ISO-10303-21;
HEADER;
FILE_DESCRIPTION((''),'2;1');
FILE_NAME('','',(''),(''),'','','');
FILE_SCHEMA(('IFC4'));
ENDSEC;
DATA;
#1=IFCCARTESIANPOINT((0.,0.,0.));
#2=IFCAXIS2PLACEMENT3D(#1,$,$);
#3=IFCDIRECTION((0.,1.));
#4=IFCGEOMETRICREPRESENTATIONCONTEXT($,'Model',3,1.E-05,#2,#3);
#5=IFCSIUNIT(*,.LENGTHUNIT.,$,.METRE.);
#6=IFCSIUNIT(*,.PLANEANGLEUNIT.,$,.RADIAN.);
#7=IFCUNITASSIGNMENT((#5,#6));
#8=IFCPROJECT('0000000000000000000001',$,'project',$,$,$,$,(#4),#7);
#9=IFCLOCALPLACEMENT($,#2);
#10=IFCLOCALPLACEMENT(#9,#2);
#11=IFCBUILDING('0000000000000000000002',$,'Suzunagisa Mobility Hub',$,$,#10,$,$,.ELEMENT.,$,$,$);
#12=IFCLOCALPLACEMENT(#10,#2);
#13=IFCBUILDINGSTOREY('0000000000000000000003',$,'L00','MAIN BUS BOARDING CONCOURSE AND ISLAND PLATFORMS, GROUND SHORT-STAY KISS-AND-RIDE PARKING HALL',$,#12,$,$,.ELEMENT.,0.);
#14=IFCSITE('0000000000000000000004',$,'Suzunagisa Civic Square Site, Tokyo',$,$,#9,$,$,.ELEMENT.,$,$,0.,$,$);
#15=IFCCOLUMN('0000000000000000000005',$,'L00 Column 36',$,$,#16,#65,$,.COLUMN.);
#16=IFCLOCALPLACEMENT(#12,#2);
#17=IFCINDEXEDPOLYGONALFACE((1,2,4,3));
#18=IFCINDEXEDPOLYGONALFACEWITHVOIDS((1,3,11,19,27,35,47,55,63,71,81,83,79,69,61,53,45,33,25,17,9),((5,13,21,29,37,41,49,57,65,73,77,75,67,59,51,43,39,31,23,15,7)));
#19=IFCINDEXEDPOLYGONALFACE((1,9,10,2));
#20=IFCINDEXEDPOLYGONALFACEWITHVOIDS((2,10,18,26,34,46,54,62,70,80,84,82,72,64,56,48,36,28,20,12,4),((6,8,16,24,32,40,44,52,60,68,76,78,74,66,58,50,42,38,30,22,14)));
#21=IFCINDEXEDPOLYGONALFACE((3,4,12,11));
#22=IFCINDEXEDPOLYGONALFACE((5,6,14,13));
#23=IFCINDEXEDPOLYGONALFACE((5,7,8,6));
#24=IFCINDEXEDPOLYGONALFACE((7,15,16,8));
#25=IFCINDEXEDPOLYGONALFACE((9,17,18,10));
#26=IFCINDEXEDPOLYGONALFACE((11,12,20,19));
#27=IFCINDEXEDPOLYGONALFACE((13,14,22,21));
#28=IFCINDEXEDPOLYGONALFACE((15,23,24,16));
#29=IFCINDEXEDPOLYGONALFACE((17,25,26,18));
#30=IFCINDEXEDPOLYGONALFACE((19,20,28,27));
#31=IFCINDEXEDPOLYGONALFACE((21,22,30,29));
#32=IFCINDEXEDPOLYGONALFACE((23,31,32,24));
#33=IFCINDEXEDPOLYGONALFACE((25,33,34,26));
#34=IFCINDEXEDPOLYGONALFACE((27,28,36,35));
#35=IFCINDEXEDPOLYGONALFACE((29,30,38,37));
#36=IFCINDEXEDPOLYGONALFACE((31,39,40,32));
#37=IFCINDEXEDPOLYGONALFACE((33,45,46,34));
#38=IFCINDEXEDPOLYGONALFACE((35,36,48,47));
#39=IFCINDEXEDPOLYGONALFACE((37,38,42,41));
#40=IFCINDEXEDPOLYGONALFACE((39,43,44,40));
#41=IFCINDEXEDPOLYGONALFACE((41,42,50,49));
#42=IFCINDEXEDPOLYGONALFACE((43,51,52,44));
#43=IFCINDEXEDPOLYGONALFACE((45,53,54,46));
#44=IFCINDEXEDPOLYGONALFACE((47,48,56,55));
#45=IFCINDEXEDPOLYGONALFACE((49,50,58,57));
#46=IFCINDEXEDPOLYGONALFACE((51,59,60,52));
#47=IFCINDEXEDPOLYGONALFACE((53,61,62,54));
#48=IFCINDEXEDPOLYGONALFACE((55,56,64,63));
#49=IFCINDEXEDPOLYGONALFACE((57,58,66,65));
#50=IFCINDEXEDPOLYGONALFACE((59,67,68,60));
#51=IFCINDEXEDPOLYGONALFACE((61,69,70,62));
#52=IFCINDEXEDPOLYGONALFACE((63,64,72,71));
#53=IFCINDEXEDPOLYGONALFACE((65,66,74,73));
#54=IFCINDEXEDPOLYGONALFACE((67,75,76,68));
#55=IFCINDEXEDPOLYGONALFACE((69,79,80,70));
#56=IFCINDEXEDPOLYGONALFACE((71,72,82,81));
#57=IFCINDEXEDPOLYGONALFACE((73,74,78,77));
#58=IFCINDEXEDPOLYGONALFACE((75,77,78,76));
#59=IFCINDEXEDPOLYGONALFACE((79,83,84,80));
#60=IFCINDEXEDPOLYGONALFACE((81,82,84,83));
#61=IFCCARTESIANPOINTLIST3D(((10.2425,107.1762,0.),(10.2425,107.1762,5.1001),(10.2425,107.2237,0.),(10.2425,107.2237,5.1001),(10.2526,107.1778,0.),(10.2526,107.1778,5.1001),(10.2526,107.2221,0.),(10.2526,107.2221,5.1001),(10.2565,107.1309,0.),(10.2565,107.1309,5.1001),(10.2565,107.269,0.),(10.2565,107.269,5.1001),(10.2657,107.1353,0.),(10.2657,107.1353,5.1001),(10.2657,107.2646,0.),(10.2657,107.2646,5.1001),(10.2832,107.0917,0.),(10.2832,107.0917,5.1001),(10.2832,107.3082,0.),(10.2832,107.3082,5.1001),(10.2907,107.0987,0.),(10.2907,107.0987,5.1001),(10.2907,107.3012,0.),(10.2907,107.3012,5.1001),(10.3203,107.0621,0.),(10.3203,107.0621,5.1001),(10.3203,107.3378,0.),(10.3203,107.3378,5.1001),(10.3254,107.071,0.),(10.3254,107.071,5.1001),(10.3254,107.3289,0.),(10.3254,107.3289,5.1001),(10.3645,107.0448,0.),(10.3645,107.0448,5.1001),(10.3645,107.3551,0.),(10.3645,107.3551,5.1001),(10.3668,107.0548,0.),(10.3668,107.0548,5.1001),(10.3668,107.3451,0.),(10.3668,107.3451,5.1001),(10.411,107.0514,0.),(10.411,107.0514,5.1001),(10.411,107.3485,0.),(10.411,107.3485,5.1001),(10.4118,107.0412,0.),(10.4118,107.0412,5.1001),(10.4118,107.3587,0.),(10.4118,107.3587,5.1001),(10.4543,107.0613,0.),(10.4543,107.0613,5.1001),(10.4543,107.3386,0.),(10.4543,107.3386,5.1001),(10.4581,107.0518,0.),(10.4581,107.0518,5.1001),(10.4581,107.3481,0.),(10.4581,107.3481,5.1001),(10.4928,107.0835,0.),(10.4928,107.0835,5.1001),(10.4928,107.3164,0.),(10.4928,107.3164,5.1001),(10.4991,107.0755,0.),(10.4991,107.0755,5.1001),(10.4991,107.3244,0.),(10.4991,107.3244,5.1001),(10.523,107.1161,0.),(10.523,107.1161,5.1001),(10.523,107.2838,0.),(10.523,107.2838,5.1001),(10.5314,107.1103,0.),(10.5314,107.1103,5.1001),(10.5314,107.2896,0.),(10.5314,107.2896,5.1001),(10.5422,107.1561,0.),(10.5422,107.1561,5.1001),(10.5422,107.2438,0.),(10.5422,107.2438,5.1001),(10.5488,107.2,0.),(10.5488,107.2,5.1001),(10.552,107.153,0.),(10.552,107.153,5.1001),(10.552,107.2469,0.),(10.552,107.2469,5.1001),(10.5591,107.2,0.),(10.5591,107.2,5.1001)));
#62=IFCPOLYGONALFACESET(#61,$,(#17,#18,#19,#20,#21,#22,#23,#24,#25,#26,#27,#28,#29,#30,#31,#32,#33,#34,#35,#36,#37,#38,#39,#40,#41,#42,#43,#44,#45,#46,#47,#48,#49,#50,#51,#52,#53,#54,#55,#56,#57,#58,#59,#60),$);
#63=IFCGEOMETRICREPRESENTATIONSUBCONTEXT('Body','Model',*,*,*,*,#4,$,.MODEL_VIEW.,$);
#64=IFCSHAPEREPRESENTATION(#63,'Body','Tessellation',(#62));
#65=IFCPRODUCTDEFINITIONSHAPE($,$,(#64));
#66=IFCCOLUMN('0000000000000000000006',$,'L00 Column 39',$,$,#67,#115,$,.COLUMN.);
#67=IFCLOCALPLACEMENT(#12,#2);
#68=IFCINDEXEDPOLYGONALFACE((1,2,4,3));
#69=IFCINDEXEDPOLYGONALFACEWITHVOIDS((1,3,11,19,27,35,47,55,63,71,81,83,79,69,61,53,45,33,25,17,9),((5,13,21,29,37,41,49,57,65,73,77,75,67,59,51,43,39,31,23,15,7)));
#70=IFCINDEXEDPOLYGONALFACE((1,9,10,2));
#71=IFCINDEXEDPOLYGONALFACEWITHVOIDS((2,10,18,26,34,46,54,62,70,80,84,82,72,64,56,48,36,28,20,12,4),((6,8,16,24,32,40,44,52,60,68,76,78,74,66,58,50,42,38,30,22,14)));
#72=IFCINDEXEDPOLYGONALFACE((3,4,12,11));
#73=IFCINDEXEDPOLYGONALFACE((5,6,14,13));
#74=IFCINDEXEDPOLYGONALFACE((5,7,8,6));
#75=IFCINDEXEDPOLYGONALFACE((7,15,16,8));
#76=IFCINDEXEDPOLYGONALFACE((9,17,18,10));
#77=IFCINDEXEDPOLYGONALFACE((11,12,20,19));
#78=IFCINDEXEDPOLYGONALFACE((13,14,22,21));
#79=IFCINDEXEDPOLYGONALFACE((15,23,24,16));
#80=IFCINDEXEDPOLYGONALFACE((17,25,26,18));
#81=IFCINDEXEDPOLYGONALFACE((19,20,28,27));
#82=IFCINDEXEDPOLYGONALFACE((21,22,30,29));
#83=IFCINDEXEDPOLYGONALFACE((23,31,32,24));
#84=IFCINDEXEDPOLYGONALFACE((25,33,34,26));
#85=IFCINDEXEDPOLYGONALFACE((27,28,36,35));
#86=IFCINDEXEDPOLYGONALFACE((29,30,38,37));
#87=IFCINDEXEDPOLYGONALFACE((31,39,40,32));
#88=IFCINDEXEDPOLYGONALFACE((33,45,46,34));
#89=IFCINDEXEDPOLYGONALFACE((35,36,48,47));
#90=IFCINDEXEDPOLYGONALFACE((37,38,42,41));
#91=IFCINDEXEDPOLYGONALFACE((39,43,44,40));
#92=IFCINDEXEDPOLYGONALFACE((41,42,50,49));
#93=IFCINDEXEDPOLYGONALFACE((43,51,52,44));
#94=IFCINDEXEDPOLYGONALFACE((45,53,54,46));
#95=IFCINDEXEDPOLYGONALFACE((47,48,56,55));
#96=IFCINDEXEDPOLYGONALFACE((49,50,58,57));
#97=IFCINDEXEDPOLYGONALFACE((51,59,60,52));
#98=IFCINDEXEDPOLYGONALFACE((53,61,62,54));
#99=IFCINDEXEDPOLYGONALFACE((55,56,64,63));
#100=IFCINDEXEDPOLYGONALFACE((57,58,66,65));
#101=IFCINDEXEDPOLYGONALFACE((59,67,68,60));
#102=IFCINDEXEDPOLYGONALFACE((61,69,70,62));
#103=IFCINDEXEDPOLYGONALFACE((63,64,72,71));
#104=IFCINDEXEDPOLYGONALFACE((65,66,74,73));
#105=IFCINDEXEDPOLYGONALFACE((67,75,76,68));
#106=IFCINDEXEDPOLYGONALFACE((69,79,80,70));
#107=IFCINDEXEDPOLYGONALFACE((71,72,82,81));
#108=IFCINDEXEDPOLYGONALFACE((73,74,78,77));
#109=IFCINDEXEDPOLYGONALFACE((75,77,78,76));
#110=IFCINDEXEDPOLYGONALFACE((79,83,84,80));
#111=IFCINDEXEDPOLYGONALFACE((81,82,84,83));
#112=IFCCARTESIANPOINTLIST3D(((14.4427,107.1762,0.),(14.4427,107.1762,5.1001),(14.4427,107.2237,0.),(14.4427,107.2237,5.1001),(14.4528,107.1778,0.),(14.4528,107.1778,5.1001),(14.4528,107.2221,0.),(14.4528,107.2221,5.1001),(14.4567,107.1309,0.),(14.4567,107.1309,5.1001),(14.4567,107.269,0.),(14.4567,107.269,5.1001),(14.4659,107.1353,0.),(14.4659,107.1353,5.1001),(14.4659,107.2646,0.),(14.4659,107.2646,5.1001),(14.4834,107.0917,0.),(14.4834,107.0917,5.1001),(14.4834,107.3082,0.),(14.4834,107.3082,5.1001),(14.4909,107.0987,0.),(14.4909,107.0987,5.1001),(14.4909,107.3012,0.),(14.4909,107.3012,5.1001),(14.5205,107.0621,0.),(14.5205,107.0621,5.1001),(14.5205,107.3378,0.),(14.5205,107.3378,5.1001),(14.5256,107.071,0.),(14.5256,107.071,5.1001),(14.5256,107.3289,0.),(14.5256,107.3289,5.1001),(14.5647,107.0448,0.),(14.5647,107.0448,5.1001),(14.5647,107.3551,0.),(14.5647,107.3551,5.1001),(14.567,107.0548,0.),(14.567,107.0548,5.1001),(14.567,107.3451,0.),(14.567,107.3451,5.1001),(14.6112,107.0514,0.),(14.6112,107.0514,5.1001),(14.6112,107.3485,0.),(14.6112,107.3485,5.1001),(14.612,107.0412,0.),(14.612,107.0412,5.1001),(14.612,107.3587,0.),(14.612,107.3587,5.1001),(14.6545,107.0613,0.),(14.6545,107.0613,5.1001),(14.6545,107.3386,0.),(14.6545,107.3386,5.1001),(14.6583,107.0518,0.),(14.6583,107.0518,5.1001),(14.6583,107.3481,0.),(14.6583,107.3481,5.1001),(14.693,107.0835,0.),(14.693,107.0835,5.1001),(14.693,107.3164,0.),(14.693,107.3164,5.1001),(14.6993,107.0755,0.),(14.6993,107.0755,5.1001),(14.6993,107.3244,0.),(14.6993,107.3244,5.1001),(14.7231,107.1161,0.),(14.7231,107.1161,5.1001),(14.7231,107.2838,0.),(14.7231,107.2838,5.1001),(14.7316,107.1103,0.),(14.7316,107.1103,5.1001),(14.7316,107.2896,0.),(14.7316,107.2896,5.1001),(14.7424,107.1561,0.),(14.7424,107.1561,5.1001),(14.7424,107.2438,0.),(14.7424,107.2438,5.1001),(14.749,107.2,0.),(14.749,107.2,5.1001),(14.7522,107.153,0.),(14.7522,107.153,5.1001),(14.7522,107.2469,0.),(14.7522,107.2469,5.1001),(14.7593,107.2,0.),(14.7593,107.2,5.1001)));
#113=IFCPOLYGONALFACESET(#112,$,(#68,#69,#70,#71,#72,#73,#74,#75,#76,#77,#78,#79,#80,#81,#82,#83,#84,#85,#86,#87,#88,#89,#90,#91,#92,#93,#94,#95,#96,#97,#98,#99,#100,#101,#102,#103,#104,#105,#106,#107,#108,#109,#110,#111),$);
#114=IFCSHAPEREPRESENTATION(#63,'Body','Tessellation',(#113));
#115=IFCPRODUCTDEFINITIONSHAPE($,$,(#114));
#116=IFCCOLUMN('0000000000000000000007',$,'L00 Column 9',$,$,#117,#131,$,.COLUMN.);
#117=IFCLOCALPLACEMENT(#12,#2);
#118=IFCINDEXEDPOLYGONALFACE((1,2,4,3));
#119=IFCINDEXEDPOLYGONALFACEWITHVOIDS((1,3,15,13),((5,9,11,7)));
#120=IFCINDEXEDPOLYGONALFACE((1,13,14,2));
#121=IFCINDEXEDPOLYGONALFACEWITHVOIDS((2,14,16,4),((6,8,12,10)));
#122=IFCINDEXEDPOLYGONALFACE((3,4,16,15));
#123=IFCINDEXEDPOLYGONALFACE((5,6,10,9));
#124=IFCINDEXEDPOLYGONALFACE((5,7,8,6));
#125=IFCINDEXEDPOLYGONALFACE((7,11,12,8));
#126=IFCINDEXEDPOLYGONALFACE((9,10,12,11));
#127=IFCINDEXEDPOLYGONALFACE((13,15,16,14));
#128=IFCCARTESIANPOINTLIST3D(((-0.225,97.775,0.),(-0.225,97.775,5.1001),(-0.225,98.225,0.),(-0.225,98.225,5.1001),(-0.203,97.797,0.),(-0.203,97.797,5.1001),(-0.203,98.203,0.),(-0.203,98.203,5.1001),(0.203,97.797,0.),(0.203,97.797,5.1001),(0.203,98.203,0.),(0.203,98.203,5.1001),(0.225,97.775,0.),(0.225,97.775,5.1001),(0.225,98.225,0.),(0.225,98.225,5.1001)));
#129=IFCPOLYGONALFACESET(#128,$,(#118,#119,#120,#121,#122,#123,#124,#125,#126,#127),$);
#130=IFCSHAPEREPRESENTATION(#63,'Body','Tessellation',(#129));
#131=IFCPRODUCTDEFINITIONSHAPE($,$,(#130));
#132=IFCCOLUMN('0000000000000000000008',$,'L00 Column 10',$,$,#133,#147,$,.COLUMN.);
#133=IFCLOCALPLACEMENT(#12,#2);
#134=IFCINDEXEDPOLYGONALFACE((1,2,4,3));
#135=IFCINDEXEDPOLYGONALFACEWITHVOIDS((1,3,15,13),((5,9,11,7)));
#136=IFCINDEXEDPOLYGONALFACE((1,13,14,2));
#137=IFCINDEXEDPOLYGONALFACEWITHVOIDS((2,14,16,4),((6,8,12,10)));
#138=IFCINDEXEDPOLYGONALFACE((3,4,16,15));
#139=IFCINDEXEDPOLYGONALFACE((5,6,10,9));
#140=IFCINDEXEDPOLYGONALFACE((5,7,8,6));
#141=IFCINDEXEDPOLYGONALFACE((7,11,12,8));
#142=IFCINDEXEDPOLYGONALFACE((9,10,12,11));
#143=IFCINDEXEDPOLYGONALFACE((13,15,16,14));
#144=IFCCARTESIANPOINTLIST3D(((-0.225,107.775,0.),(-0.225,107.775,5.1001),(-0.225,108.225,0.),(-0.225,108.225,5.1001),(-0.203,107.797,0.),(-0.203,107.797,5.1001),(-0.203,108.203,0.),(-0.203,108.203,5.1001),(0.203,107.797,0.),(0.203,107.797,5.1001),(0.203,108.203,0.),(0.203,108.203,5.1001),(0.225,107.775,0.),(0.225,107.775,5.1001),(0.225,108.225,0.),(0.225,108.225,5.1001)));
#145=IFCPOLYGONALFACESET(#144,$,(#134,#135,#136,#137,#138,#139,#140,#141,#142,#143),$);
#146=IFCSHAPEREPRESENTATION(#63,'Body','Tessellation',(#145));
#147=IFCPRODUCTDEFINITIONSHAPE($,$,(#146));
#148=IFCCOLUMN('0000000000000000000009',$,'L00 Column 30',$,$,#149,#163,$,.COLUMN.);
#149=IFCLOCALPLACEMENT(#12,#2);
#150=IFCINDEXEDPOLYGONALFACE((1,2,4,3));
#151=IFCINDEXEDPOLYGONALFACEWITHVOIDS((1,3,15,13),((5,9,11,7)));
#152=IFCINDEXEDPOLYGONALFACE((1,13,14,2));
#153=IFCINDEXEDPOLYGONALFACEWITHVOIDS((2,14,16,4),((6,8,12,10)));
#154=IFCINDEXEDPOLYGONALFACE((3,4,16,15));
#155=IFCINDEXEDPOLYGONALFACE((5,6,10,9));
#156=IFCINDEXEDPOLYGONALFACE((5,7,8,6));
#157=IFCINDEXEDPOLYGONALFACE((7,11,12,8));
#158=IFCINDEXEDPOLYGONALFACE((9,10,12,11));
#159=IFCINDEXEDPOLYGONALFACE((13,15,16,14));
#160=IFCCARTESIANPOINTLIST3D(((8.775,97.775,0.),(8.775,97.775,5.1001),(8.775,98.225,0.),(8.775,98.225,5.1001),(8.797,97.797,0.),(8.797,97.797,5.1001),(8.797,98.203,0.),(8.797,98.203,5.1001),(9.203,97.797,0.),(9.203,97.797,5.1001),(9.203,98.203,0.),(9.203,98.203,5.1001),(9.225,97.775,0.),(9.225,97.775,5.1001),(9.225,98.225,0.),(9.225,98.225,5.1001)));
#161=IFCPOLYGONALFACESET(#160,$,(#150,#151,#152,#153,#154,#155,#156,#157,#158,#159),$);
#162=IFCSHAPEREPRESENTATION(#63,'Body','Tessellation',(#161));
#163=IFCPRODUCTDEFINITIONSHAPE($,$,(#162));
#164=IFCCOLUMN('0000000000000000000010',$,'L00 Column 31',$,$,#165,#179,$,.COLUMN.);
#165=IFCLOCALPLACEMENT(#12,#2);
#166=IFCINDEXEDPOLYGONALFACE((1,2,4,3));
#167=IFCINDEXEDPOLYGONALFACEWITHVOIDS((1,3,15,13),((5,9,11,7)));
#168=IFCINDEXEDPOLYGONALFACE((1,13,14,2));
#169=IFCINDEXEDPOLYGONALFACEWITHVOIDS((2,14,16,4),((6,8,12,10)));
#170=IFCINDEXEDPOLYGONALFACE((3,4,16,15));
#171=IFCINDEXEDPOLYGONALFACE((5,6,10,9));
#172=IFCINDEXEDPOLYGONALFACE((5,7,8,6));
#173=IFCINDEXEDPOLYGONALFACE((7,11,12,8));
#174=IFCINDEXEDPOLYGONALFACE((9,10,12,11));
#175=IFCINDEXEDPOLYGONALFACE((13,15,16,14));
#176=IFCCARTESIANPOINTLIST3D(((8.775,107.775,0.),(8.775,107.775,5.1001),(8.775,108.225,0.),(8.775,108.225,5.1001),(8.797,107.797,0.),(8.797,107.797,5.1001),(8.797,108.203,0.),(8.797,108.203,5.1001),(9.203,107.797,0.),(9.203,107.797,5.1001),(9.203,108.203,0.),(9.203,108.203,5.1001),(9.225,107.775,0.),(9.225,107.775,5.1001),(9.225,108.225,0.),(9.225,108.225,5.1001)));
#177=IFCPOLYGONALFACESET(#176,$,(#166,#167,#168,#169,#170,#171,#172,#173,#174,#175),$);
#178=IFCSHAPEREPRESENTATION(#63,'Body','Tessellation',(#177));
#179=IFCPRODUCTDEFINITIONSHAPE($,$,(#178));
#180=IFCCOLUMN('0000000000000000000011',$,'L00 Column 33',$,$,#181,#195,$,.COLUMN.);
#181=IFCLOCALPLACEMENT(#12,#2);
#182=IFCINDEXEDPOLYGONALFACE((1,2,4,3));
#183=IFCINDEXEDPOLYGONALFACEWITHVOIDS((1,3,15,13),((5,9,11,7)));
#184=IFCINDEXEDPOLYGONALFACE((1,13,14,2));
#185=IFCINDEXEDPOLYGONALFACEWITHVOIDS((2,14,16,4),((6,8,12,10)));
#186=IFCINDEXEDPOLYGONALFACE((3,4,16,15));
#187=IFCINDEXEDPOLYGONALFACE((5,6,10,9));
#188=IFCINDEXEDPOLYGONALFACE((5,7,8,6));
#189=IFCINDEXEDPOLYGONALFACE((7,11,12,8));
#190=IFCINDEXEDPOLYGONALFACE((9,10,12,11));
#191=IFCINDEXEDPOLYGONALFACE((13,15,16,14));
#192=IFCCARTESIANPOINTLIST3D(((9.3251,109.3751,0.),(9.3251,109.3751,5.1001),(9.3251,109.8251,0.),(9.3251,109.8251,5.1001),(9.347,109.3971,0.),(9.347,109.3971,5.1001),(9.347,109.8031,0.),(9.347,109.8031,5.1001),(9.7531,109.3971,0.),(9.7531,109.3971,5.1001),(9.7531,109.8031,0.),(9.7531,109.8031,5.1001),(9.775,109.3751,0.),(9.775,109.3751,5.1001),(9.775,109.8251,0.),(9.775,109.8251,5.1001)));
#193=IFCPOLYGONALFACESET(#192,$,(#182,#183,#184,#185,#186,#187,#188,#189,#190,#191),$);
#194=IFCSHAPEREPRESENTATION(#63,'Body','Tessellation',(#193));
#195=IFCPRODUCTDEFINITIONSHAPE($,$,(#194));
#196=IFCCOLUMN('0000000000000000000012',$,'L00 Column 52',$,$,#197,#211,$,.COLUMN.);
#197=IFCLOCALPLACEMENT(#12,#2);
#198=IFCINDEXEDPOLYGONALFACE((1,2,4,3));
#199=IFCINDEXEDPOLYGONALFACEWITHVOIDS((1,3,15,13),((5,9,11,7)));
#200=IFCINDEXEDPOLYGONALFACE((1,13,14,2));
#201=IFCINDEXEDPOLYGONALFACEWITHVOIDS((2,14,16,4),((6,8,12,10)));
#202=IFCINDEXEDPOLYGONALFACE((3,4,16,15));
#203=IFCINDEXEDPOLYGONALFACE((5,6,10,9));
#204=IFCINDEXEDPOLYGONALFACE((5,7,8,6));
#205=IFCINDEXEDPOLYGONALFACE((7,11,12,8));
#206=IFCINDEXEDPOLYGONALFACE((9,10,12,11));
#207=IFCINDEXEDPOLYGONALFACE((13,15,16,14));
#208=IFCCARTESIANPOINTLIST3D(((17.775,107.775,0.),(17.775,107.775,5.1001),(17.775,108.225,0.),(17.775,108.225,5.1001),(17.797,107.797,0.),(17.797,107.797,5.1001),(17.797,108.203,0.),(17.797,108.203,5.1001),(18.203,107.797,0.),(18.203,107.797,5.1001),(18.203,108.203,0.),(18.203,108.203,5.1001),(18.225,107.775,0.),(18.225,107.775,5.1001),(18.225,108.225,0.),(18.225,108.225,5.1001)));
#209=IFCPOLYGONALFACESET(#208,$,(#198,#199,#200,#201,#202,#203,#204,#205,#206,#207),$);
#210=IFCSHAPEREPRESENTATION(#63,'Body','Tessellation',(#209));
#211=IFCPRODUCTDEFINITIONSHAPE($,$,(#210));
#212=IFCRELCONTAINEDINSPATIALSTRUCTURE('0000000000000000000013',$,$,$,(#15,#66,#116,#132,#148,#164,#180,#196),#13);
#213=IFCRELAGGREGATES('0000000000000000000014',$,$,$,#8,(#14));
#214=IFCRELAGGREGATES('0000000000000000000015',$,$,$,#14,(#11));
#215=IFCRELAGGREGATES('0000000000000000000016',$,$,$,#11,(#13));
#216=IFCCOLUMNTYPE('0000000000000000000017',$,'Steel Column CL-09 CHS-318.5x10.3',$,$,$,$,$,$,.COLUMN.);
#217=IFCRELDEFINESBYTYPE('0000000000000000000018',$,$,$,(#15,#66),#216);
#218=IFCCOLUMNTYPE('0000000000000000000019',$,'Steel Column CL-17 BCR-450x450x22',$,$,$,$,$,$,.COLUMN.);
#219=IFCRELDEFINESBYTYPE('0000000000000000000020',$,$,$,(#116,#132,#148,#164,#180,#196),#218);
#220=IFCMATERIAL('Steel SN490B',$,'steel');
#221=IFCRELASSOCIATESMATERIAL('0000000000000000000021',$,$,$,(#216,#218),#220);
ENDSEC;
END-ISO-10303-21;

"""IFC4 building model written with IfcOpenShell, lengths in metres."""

from ifc_helpers import new_model, si_unit, direction, frame, origin, origin_2d, place, context, subcontext, project, spatial, hollow_rectangle, hollow_circle, extrude, material, material_profile, profile_set, type_object, element, save


model = new_model("IFC4")

# Units and contexts
model_context = context("Model", 3, precision=1e-05, world=origin(), true_north=direction((0.0, 1.0)))
body_context = subcontext(model_context, "Body", "Model", "MODEL_VIEW")
ifc_project = project(units=[si_unit("LENGTHUNIT", "METRE"), si_unit("PLANEANGLEUNIT", "RADIAN")], contexts=[model_context])

# Site, building, storey
site_placement = place(None, origin())
site = spatial("IfcSite", under=ifc_project, at=site_placement, Name="Suzunagisa Civic Square Site, Tokyo", CompositionType="ELEMENT", RefElevation=0.0)
building_placement = place(site_placement, origin())
building = spatial("IfcBuilding", under=site, at=building_placement, Name="Suzunagisa Mobility Hub", CompositionType="ELEMENT")
storey_placement = place(building_placement, origin())
storey = spatial("IfcBuildingStorey", under=building, at=storey_placement, Name="L00", Description="MAIN BUS BOARDING CONCOURSE AND ISLAND PLATFORMS, GROUND SHORT-STAY KISS-AND-RIDE PARKING HALL", CompositionType="ELEMENT", Elevation=0.0)

# Columns
ifc_material_1 = material(Name="Steel SN490B", Category="steel")
ifc_material_profile_1 = material_profile(ifc_material_1, hollow_circle(Radius=0.1592, WallThickness=0.0103, at=origin_2d()), Name="CHS-318.5x10.3")
ifc_profile_set_1 = profile_set([ifc_material_profile_1], Name="Steel SN490B")
column_type_1 = type_object("IfcColumnType", Name="Steel Column CL-09 CHS-318.5x10.3", PredefinedType="COLUMN", material=ifc_profile_set_1)
for number, where, z_axis, x_axis, name in (
    (1, (10.3999, 107.2, 0.0), (0.0, 0.0, 1.0), (1.0, 0.0, 0.0), "L00 Column 36"),
    (2, (14.6001, 107.2, 0.0), (0.0, 0.0, 1.0), (1.0, 0.0, 0.0), "L00 Column 39"),
):
    element("IfcColumn", number, at=place(storey_placement, frame(where, z_axis=z_axis, x_axis=x_axis)), inside=storey, type_object=column_type_1, Name=name, PredefinedType="COLUMN", context=body_context, shape_type="SweptSolid", body=[
        extrude(hollow_circle(Radius=0.1592, WallThickness=0.0103, at=origin_2d()), origin(), (0.0, 0.0, 1.0), 5.1001),
    ])
ifc_material_profile_2 = material_profile(ifc_material_1, hollow_rectangle(XDim=0.45, YDim=0.45, WallThickness=0.022, at=origin_2d()), Name="BCR-450x450x22")
ifc_profile_set_2 = profile_set([ifc_material_profile_2], Name="Steel SN490B")
column_type_2 = type_object("IfcColumnType", Name="Steel Column CL-17 BCR-450x450x22", PredefinedType="COLUMN", material=ifc_profile_set_2)
for number, where, z_axis, x_axis, name in (
    (3, (0.0, 98.0, 0.0), (0.0, 0.0, 1.0), (1.0, 0.0, 0.0), "L00 Column 9"),
    (4, (0.0, 108.0, 0.0), (0.0, 0.0, 1.0), (1.0, 0.0, 0.0), "L00 Column 10"),
    (5, (9.0, 98.0, 0.0), (0.0, 0.0, 1.0), (1.0, 0.0, 0.0), "L00 Column 30"),
    (6, (9.0, 108.0, 0.0), (0.0, 0.0, 1.0), (1.0, 0.0, 0.0), "L00 Column 31"),
    (7, (9.55, 109.6001, 0.0), (0.0, 0.0, 1.0), (1.0, 0.0, 0.0), "L00 Column 33"),
    (8, (18.0, 108.0, 0.0), (0.0, 0.0, 1.0), (1.0, 0.0, 0.0), "L00 Column 52"),
):
    element("IfcColumn", number, at=place(storey_placement, frame(where, z_axis=z_axis, x_axis=x_axis)), inside=storey, type_object=column_type_2, Name=name, PredefinedType="COLUMN", context=body_context, shape_type="SweptSolid", body=[
        extrude(hollow_rectangle(XDim=0.45, YDim=0.45, WallThickness=0.022, at=origin_2d()), origin(), (0.0, 0.0, 1.0), 5.1001),
    ])

save(model, "model.ifc")
